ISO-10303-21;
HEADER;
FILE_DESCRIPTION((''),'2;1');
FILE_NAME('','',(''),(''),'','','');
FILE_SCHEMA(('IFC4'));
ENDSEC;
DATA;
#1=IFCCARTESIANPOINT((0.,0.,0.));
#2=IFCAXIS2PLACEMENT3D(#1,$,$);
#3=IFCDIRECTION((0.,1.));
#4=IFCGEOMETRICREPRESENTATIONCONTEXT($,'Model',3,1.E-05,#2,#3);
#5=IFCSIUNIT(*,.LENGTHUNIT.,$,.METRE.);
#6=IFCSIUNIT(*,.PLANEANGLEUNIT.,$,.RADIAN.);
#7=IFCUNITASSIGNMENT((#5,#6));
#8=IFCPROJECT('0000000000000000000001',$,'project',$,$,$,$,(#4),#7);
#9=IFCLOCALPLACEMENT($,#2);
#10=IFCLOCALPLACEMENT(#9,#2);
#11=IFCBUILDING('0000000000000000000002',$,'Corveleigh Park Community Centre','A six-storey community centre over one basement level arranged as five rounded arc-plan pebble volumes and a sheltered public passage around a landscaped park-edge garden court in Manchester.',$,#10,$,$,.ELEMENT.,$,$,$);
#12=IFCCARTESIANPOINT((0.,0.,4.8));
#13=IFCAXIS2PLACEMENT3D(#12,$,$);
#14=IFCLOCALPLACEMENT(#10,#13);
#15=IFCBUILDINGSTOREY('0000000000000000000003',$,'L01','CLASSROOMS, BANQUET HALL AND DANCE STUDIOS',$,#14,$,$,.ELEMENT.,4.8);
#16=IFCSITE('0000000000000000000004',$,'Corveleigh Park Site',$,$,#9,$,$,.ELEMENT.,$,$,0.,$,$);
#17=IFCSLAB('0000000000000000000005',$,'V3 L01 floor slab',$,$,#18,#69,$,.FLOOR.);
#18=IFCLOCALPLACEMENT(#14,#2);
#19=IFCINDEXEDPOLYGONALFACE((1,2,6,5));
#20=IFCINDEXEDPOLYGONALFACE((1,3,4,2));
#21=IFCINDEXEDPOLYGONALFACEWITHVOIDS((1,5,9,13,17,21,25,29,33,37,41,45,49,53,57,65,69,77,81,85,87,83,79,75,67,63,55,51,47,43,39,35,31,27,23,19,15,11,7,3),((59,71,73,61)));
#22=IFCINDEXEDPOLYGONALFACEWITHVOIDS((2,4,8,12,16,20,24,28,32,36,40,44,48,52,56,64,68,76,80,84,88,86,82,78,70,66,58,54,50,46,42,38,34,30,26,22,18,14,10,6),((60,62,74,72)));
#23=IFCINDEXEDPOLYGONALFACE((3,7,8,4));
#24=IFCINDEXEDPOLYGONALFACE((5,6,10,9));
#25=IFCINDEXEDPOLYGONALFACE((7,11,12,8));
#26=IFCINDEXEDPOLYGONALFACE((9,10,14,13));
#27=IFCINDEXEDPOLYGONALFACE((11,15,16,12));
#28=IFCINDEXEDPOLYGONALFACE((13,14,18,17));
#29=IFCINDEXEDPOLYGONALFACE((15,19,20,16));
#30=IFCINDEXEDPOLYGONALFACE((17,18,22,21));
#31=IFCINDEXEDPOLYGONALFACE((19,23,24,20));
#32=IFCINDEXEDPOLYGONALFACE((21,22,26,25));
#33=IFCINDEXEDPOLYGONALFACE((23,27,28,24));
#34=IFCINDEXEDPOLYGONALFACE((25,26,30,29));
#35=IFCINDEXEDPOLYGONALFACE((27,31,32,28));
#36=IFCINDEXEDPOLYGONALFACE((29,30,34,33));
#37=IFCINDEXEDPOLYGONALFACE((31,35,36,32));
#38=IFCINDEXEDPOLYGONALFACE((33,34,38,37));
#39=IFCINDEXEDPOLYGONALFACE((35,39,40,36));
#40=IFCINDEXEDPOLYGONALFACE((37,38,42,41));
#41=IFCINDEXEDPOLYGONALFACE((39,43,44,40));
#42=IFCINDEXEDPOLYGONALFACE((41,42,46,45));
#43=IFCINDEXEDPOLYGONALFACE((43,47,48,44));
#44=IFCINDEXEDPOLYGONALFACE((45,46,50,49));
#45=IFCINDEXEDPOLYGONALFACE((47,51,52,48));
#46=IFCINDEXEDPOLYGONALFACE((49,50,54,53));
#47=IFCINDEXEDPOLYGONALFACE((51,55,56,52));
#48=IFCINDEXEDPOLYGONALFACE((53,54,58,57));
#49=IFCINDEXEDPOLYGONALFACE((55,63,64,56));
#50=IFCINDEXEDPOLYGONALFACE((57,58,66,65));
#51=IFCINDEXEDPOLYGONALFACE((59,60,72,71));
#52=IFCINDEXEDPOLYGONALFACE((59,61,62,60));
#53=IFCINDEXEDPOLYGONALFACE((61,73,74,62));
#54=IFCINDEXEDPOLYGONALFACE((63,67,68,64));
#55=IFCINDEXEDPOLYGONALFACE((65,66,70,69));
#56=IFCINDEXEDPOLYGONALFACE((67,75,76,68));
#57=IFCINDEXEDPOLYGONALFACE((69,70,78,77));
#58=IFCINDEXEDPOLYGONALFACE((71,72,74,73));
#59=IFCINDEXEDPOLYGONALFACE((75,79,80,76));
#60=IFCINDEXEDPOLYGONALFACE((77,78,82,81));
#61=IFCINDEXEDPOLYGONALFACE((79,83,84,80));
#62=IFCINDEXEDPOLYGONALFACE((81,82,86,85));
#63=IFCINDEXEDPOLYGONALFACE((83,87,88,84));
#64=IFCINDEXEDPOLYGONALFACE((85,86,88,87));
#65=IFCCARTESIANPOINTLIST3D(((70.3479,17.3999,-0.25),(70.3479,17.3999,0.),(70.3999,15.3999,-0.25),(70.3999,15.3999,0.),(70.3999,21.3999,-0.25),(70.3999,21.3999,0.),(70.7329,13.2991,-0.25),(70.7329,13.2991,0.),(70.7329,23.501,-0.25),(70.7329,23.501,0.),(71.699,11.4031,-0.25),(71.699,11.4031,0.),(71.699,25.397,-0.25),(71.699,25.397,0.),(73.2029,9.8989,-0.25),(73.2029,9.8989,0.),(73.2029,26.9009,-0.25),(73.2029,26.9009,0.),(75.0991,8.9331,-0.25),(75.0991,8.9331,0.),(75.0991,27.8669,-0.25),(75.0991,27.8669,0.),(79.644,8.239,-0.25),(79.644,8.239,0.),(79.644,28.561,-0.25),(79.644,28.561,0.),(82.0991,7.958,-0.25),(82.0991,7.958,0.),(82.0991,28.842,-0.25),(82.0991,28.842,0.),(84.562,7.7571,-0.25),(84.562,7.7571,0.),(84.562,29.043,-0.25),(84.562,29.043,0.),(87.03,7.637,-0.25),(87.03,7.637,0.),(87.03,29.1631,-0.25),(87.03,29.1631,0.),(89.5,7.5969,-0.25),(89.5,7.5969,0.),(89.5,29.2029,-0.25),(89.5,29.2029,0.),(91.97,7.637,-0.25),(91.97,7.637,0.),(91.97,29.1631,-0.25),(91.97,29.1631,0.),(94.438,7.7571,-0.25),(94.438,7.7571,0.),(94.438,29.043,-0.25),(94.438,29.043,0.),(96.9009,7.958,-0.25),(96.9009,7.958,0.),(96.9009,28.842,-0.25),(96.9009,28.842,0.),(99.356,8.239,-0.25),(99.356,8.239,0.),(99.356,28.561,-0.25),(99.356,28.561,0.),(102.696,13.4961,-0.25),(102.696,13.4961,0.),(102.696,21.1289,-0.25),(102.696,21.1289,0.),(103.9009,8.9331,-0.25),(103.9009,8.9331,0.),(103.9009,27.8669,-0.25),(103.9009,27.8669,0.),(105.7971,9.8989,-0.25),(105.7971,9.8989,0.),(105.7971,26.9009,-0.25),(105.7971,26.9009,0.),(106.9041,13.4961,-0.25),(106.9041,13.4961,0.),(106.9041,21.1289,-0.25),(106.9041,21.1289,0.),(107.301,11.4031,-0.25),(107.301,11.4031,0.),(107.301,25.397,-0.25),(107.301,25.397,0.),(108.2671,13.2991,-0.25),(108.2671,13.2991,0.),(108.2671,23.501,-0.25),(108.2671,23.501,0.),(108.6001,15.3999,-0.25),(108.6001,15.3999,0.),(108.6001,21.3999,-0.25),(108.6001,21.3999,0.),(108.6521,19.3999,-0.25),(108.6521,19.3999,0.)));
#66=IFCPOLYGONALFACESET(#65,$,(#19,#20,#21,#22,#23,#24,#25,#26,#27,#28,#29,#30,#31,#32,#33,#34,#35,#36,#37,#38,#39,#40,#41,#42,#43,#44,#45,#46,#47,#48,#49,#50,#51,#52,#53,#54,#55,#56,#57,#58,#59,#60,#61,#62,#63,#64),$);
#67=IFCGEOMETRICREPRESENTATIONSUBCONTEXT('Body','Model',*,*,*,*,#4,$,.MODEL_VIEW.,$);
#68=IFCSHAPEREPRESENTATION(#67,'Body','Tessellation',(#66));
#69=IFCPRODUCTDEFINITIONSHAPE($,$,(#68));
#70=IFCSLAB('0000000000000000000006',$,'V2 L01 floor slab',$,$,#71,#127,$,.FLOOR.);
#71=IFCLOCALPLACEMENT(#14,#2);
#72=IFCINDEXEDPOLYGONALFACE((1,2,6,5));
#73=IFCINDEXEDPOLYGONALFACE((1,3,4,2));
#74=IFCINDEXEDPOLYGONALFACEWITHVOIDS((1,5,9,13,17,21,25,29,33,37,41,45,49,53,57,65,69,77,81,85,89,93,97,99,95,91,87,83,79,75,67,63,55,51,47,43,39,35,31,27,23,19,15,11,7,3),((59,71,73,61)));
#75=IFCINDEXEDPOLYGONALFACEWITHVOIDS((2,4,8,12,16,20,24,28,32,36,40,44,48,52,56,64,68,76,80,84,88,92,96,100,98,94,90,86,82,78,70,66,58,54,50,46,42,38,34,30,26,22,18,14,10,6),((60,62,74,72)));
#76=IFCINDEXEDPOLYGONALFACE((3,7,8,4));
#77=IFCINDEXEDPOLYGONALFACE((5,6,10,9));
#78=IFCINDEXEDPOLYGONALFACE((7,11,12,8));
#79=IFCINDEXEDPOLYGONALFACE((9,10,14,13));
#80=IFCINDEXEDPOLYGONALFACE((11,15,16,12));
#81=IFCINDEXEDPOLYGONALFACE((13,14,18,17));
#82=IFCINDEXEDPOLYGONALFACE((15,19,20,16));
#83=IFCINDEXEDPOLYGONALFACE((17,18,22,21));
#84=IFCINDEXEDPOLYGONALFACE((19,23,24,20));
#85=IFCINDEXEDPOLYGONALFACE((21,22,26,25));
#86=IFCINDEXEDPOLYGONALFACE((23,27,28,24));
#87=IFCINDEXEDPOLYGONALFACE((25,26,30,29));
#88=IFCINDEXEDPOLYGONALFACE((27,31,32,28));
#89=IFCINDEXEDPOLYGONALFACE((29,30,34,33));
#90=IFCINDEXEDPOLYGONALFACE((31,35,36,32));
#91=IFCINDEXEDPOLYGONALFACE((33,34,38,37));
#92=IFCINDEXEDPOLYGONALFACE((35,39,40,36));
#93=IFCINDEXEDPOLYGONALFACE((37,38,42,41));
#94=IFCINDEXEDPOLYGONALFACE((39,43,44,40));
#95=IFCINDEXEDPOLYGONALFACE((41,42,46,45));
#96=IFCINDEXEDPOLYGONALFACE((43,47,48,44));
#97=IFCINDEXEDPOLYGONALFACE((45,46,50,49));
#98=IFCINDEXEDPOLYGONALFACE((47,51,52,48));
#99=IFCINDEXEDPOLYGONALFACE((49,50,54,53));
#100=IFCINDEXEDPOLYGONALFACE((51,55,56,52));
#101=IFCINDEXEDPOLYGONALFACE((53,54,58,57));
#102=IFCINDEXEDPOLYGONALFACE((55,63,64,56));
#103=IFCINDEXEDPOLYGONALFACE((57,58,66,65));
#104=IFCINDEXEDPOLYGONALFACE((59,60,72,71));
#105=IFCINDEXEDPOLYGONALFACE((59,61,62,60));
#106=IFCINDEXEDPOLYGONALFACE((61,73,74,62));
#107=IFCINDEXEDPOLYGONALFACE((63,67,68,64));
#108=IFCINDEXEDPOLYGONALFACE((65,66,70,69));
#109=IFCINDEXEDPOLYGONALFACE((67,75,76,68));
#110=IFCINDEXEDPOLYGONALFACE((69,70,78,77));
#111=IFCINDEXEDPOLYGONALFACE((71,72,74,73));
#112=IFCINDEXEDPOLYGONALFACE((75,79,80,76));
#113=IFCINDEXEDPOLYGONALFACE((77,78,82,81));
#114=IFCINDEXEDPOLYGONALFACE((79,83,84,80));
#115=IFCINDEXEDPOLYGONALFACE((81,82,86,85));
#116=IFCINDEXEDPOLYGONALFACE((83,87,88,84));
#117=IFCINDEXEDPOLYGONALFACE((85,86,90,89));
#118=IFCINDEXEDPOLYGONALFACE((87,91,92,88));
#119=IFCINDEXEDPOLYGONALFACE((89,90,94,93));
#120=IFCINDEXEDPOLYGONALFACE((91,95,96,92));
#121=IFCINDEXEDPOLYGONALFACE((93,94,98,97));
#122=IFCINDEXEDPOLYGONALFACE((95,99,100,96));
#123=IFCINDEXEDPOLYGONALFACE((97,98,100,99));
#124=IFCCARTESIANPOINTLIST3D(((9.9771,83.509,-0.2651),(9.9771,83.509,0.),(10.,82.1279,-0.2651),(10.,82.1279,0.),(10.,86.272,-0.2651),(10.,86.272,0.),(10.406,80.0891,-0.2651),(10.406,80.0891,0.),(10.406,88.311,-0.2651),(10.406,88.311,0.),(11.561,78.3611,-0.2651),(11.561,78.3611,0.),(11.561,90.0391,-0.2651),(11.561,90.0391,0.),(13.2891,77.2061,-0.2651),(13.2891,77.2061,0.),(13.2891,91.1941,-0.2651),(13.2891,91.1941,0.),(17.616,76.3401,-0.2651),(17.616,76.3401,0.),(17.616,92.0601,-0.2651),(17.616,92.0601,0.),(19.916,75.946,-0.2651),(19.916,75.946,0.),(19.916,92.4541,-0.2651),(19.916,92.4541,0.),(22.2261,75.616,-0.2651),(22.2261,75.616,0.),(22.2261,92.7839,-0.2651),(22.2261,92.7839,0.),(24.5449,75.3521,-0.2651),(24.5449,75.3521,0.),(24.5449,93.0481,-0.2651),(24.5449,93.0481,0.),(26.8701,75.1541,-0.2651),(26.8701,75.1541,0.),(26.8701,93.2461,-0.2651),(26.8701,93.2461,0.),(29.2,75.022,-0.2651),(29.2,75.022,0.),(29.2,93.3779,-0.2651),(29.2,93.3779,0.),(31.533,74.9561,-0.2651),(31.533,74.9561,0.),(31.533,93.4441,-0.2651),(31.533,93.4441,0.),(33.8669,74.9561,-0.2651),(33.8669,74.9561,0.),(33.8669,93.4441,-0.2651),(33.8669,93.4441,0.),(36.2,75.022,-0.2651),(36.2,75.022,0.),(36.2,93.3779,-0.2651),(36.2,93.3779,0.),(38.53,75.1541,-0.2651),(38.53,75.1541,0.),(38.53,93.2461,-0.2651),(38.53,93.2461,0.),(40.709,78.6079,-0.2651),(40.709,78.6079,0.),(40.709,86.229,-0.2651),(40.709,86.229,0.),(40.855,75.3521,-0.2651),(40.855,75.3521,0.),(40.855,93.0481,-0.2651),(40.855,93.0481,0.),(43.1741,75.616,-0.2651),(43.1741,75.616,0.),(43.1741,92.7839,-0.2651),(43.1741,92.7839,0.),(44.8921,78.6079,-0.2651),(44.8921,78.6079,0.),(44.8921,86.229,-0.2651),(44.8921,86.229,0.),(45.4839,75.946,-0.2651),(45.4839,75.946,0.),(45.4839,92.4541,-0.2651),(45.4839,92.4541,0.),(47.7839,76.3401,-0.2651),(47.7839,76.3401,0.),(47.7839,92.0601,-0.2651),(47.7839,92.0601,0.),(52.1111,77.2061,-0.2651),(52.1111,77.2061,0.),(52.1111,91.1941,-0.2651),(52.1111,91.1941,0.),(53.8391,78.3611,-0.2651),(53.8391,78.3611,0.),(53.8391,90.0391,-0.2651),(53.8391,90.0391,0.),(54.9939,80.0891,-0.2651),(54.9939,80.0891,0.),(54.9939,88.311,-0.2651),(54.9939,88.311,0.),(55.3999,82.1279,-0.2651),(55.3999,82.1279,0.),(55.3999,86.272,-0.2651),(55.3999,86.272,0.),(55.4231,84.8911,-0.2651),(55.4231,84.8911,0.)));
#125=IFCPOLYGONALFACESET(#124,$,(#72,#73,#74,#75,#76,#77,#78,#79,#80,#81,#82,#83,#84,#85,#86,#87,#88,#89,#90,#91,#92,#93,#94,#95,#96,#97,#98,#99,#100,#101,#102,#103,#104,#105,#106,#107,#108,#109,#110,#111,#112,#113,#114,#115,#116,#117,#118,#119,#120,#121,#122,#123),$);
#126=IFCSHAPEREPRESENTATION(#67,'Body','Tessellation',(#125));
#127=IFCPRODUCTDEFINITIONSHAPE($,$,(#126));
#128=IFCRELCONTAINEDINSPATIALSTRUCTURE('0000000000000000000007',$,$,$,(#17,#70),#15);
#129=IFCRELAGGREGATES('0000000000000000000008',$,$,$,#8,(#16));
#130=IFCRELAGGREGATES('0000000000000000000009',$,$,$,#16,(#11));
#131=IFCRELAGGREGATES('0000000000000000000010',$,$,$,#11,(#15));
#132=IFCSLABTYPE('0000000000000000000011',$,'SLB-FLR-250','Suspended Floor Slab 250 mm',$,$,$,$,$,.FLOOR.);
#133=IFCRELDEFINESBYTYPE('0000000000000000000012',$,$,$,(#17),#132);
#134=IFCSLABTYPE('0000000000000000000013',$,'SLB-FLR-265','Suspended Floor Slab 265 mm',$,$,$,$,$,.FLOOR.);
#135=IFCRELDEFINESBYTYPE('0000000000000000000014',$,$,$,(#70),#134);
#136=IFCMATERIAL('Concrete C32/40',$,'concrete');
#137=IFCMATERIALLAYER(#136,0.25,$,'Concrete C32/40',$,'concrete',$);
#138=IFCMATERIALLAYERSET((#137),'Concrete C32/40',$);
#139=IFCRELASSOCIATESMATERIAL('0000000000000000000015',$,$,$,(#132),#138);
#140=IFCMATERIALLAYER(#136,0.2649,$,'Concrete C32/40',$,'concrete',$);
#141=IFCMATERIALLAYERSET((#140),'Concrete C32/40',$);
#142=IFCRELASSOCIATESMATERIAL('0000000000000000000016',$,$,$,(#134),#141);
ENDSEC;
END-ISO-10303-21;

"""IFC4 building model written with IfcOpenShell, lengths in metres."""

from ifc_helpers import new_model, si_unit, direction, frame, origin, place, context, subcontext, project, spatial, polyline, outline, extrude, material, layer, layer_set, type_object, element, save


model = new_model("IFC4")

# Units and contexts
model_context = context("Model", 3, precision=1e-05, world=origin(), true_north=direction((0.0, 1.0)))
body_context = subcontext(model_context, "Body", "Model", "MODEL_VIEW")
ifc_project = project(units=[si_unit("LENGTHUNIT", "METRE"), si_unit("PLANEANGLEUNIT", "RADIAN")], contexts=[model_context])

# Site, building, storey
site_placement = place(None, origin())
site = spatial("IfcSite", under=ifc_project, at=site_placement, Name="Corveleigh Park Site", CompositionType="ELEMENT", RefElevation=0.0)
building_placement = place(site_placement, origin())
building = spatial("IfcBuilding", under=site, at=building_placement, Name="Corveleigh Park Community Centre", Description="A six-storey community centre over one basement level arranged as five rounded arc-plan pebble volumes and a sheltered public passage around a landscaped park-edge garden court in Manchester.", CompositionType="ELEMENT")
storey_placement = place(building_placement, frame((0.0, 0.0, 4.8)))
storey = spatial("IfcBuildingStorey", under=building, at=storey_placement, Name="L01", Description="CLASSROOMS, BANQUET HALL AND DANCE STUDIOS", CompositionType="ELEMENT", Elevation=4.8)

# Slabs
ifc_material_1 = material(Name="Concrete C32/40", Category="concrete")
ifc_layer_1 = layer(ifc_material_1, 0.25, Name="Concrete C32/40", Category="concrete")
ifc_layer_set_1 = layer_set([ifc_layer_1], Name="Concrete C32/40")
slab_type_1 = type_object("IfcSlabType", Name="SLB-FLR-250", Description="Suspended Floor Slab 250 mm", PredefinedType="FLOOR", material=ifc_layer_set_1)
slab_1_placement = place(storey_placement, frame((0.0, 0.0, -0.25)))
element("IfcSlab", 1, at=slab_1_placement, inside=storey, type_object=slab_type_1, Name="V3 L01 floor slab", PredefinedType="FLOOR", context=body_context, shape_type="SweptSolid", body=[
    extrude(outline(polyline([(75.0991, 8.9331), (73.2029, 9.8989), (71.699, 11.4031), (70.7329, 13.2991), (70.3999, 15.3999), (70.3479, 17.3999), (70.3999, 21.3999), (70.7329, 23.501), (71.699, 25.397), (73.2029, 26.9009), (75.0991, 27.8669), (79.644, 28.561), (82.0991, 28.842), (84.562, 29.043), (87.03, 29.1631), (89.5, 29.2029), (91.97, 29.1631), (94.438, 29.043), (96.9009, 28.842), (99.356, 28.561), (103.9009, 27.8669), (105.7971, 26.9009), (107.301, 25.397), (108.2671, 23.501), (108.6001, 21.3999), (108.6521, 19.3999), (108.6001, 15.3999), (108.2671, 13.2991), (107.301, 11.4031), (105.7971, 9.8989), (103.9009, 8.9331), (99.356, 8.239), (96.9009, 7.958), (94.438, 7.7571), (91.97, 7.637), (89.5, 7.5969), (87.03, 7.637), (84.562, 7.7571), (82.0991, 7.958), (79.644, 8.239), (75.0991, 8.9331)]), holes=[polyline([(102.696, 21.1289), (102.696, 13.4961), (106.9041, 13.4961), (106.9041, 21.1289), (102.696, 21.1289)])]), origin(), (0.0, 0.0, 1.0), 0.25),
])
ifc_layer_2 = layer(ifc_material_1, 0.2649, Name="Concrete C32/40", Category="concrete")
ifc_layer_set_2 = layer_set([ifc_layer_2], Name="Concrete C32/40")
slab_type_2 = type_object("IfcSlabType", Name="SLB-FLR-265", Description="Suspended Floor Slab 265 mm", PredefinedType="FLOOR", material=ifc_layer_set_2)
slab_2_placement = place(storey_placement, frame((0.0, 0.0, -0.2651)))
element("IfcSlab", 2, at=slab_2_placement, inside=storey, type_object=slab_type_2, Name="V2 L01 floor slab", PredefinedType="FLOOR", context=body_context, shape_type="SweptSolid", body=[
    extrude(outline(polyline([(13.2891, 77.2061), (11.561, 78.3611), (10.406, 80.0891), (10.0, 82.1279), (9.9771, 83.509), (10.0, 86.272), (10.406, 88.311), (11.561, 90.0391), (13.2891, 91.1941), (17.616, 92.0601), (19.916, 92.4541), (22.2261, 92.7839), (24.5449, 93.0481), (26.8701, 93.2461), (29.2, 93.3779), (31.533, 93.4441), (33.8669, 93.4441), (36.2, 93.3779), (38.53, 93.2461), (40.855, 93.0481), (43.1741, 92.7839), (45.4839, 92.4541), (47.7839, 92.0601), (52.1111, 91.1941), (53.8391, 90.0391), (54.9939, 88.311), (55.3999, 86.272), (55.4231, 84.8911), (55.3999, 82.1279), (54.9939, 80.0891), (53.8391, 78.3611), (52.1111, 77.2061), (47.7839, 76.3401), (45.4839, 75.946), (43.1741, 75.616), (40.855, 75.3521), (38.53, 75.1541), (36.2, 75.022), (33.8669, 74.9561), (31.533, 74.9561), (29.2, 75.022), (26.8701, 75.1541), (24.5449, 75.3521), (22.2261, 75.616), (19.916, 75.946), (17.616, 76.3401), (13.2891, 77.2061)]), holes=[polyline([(44.8921, 86.229), (40.709, 86.229), (40.709, 78.6079), (44.8921, 78.6079), (44.8921, 86.229)])]), origin(), (0.0, 0.0, 1.0), 0.2651),
])

save(model, "model.ifc")
